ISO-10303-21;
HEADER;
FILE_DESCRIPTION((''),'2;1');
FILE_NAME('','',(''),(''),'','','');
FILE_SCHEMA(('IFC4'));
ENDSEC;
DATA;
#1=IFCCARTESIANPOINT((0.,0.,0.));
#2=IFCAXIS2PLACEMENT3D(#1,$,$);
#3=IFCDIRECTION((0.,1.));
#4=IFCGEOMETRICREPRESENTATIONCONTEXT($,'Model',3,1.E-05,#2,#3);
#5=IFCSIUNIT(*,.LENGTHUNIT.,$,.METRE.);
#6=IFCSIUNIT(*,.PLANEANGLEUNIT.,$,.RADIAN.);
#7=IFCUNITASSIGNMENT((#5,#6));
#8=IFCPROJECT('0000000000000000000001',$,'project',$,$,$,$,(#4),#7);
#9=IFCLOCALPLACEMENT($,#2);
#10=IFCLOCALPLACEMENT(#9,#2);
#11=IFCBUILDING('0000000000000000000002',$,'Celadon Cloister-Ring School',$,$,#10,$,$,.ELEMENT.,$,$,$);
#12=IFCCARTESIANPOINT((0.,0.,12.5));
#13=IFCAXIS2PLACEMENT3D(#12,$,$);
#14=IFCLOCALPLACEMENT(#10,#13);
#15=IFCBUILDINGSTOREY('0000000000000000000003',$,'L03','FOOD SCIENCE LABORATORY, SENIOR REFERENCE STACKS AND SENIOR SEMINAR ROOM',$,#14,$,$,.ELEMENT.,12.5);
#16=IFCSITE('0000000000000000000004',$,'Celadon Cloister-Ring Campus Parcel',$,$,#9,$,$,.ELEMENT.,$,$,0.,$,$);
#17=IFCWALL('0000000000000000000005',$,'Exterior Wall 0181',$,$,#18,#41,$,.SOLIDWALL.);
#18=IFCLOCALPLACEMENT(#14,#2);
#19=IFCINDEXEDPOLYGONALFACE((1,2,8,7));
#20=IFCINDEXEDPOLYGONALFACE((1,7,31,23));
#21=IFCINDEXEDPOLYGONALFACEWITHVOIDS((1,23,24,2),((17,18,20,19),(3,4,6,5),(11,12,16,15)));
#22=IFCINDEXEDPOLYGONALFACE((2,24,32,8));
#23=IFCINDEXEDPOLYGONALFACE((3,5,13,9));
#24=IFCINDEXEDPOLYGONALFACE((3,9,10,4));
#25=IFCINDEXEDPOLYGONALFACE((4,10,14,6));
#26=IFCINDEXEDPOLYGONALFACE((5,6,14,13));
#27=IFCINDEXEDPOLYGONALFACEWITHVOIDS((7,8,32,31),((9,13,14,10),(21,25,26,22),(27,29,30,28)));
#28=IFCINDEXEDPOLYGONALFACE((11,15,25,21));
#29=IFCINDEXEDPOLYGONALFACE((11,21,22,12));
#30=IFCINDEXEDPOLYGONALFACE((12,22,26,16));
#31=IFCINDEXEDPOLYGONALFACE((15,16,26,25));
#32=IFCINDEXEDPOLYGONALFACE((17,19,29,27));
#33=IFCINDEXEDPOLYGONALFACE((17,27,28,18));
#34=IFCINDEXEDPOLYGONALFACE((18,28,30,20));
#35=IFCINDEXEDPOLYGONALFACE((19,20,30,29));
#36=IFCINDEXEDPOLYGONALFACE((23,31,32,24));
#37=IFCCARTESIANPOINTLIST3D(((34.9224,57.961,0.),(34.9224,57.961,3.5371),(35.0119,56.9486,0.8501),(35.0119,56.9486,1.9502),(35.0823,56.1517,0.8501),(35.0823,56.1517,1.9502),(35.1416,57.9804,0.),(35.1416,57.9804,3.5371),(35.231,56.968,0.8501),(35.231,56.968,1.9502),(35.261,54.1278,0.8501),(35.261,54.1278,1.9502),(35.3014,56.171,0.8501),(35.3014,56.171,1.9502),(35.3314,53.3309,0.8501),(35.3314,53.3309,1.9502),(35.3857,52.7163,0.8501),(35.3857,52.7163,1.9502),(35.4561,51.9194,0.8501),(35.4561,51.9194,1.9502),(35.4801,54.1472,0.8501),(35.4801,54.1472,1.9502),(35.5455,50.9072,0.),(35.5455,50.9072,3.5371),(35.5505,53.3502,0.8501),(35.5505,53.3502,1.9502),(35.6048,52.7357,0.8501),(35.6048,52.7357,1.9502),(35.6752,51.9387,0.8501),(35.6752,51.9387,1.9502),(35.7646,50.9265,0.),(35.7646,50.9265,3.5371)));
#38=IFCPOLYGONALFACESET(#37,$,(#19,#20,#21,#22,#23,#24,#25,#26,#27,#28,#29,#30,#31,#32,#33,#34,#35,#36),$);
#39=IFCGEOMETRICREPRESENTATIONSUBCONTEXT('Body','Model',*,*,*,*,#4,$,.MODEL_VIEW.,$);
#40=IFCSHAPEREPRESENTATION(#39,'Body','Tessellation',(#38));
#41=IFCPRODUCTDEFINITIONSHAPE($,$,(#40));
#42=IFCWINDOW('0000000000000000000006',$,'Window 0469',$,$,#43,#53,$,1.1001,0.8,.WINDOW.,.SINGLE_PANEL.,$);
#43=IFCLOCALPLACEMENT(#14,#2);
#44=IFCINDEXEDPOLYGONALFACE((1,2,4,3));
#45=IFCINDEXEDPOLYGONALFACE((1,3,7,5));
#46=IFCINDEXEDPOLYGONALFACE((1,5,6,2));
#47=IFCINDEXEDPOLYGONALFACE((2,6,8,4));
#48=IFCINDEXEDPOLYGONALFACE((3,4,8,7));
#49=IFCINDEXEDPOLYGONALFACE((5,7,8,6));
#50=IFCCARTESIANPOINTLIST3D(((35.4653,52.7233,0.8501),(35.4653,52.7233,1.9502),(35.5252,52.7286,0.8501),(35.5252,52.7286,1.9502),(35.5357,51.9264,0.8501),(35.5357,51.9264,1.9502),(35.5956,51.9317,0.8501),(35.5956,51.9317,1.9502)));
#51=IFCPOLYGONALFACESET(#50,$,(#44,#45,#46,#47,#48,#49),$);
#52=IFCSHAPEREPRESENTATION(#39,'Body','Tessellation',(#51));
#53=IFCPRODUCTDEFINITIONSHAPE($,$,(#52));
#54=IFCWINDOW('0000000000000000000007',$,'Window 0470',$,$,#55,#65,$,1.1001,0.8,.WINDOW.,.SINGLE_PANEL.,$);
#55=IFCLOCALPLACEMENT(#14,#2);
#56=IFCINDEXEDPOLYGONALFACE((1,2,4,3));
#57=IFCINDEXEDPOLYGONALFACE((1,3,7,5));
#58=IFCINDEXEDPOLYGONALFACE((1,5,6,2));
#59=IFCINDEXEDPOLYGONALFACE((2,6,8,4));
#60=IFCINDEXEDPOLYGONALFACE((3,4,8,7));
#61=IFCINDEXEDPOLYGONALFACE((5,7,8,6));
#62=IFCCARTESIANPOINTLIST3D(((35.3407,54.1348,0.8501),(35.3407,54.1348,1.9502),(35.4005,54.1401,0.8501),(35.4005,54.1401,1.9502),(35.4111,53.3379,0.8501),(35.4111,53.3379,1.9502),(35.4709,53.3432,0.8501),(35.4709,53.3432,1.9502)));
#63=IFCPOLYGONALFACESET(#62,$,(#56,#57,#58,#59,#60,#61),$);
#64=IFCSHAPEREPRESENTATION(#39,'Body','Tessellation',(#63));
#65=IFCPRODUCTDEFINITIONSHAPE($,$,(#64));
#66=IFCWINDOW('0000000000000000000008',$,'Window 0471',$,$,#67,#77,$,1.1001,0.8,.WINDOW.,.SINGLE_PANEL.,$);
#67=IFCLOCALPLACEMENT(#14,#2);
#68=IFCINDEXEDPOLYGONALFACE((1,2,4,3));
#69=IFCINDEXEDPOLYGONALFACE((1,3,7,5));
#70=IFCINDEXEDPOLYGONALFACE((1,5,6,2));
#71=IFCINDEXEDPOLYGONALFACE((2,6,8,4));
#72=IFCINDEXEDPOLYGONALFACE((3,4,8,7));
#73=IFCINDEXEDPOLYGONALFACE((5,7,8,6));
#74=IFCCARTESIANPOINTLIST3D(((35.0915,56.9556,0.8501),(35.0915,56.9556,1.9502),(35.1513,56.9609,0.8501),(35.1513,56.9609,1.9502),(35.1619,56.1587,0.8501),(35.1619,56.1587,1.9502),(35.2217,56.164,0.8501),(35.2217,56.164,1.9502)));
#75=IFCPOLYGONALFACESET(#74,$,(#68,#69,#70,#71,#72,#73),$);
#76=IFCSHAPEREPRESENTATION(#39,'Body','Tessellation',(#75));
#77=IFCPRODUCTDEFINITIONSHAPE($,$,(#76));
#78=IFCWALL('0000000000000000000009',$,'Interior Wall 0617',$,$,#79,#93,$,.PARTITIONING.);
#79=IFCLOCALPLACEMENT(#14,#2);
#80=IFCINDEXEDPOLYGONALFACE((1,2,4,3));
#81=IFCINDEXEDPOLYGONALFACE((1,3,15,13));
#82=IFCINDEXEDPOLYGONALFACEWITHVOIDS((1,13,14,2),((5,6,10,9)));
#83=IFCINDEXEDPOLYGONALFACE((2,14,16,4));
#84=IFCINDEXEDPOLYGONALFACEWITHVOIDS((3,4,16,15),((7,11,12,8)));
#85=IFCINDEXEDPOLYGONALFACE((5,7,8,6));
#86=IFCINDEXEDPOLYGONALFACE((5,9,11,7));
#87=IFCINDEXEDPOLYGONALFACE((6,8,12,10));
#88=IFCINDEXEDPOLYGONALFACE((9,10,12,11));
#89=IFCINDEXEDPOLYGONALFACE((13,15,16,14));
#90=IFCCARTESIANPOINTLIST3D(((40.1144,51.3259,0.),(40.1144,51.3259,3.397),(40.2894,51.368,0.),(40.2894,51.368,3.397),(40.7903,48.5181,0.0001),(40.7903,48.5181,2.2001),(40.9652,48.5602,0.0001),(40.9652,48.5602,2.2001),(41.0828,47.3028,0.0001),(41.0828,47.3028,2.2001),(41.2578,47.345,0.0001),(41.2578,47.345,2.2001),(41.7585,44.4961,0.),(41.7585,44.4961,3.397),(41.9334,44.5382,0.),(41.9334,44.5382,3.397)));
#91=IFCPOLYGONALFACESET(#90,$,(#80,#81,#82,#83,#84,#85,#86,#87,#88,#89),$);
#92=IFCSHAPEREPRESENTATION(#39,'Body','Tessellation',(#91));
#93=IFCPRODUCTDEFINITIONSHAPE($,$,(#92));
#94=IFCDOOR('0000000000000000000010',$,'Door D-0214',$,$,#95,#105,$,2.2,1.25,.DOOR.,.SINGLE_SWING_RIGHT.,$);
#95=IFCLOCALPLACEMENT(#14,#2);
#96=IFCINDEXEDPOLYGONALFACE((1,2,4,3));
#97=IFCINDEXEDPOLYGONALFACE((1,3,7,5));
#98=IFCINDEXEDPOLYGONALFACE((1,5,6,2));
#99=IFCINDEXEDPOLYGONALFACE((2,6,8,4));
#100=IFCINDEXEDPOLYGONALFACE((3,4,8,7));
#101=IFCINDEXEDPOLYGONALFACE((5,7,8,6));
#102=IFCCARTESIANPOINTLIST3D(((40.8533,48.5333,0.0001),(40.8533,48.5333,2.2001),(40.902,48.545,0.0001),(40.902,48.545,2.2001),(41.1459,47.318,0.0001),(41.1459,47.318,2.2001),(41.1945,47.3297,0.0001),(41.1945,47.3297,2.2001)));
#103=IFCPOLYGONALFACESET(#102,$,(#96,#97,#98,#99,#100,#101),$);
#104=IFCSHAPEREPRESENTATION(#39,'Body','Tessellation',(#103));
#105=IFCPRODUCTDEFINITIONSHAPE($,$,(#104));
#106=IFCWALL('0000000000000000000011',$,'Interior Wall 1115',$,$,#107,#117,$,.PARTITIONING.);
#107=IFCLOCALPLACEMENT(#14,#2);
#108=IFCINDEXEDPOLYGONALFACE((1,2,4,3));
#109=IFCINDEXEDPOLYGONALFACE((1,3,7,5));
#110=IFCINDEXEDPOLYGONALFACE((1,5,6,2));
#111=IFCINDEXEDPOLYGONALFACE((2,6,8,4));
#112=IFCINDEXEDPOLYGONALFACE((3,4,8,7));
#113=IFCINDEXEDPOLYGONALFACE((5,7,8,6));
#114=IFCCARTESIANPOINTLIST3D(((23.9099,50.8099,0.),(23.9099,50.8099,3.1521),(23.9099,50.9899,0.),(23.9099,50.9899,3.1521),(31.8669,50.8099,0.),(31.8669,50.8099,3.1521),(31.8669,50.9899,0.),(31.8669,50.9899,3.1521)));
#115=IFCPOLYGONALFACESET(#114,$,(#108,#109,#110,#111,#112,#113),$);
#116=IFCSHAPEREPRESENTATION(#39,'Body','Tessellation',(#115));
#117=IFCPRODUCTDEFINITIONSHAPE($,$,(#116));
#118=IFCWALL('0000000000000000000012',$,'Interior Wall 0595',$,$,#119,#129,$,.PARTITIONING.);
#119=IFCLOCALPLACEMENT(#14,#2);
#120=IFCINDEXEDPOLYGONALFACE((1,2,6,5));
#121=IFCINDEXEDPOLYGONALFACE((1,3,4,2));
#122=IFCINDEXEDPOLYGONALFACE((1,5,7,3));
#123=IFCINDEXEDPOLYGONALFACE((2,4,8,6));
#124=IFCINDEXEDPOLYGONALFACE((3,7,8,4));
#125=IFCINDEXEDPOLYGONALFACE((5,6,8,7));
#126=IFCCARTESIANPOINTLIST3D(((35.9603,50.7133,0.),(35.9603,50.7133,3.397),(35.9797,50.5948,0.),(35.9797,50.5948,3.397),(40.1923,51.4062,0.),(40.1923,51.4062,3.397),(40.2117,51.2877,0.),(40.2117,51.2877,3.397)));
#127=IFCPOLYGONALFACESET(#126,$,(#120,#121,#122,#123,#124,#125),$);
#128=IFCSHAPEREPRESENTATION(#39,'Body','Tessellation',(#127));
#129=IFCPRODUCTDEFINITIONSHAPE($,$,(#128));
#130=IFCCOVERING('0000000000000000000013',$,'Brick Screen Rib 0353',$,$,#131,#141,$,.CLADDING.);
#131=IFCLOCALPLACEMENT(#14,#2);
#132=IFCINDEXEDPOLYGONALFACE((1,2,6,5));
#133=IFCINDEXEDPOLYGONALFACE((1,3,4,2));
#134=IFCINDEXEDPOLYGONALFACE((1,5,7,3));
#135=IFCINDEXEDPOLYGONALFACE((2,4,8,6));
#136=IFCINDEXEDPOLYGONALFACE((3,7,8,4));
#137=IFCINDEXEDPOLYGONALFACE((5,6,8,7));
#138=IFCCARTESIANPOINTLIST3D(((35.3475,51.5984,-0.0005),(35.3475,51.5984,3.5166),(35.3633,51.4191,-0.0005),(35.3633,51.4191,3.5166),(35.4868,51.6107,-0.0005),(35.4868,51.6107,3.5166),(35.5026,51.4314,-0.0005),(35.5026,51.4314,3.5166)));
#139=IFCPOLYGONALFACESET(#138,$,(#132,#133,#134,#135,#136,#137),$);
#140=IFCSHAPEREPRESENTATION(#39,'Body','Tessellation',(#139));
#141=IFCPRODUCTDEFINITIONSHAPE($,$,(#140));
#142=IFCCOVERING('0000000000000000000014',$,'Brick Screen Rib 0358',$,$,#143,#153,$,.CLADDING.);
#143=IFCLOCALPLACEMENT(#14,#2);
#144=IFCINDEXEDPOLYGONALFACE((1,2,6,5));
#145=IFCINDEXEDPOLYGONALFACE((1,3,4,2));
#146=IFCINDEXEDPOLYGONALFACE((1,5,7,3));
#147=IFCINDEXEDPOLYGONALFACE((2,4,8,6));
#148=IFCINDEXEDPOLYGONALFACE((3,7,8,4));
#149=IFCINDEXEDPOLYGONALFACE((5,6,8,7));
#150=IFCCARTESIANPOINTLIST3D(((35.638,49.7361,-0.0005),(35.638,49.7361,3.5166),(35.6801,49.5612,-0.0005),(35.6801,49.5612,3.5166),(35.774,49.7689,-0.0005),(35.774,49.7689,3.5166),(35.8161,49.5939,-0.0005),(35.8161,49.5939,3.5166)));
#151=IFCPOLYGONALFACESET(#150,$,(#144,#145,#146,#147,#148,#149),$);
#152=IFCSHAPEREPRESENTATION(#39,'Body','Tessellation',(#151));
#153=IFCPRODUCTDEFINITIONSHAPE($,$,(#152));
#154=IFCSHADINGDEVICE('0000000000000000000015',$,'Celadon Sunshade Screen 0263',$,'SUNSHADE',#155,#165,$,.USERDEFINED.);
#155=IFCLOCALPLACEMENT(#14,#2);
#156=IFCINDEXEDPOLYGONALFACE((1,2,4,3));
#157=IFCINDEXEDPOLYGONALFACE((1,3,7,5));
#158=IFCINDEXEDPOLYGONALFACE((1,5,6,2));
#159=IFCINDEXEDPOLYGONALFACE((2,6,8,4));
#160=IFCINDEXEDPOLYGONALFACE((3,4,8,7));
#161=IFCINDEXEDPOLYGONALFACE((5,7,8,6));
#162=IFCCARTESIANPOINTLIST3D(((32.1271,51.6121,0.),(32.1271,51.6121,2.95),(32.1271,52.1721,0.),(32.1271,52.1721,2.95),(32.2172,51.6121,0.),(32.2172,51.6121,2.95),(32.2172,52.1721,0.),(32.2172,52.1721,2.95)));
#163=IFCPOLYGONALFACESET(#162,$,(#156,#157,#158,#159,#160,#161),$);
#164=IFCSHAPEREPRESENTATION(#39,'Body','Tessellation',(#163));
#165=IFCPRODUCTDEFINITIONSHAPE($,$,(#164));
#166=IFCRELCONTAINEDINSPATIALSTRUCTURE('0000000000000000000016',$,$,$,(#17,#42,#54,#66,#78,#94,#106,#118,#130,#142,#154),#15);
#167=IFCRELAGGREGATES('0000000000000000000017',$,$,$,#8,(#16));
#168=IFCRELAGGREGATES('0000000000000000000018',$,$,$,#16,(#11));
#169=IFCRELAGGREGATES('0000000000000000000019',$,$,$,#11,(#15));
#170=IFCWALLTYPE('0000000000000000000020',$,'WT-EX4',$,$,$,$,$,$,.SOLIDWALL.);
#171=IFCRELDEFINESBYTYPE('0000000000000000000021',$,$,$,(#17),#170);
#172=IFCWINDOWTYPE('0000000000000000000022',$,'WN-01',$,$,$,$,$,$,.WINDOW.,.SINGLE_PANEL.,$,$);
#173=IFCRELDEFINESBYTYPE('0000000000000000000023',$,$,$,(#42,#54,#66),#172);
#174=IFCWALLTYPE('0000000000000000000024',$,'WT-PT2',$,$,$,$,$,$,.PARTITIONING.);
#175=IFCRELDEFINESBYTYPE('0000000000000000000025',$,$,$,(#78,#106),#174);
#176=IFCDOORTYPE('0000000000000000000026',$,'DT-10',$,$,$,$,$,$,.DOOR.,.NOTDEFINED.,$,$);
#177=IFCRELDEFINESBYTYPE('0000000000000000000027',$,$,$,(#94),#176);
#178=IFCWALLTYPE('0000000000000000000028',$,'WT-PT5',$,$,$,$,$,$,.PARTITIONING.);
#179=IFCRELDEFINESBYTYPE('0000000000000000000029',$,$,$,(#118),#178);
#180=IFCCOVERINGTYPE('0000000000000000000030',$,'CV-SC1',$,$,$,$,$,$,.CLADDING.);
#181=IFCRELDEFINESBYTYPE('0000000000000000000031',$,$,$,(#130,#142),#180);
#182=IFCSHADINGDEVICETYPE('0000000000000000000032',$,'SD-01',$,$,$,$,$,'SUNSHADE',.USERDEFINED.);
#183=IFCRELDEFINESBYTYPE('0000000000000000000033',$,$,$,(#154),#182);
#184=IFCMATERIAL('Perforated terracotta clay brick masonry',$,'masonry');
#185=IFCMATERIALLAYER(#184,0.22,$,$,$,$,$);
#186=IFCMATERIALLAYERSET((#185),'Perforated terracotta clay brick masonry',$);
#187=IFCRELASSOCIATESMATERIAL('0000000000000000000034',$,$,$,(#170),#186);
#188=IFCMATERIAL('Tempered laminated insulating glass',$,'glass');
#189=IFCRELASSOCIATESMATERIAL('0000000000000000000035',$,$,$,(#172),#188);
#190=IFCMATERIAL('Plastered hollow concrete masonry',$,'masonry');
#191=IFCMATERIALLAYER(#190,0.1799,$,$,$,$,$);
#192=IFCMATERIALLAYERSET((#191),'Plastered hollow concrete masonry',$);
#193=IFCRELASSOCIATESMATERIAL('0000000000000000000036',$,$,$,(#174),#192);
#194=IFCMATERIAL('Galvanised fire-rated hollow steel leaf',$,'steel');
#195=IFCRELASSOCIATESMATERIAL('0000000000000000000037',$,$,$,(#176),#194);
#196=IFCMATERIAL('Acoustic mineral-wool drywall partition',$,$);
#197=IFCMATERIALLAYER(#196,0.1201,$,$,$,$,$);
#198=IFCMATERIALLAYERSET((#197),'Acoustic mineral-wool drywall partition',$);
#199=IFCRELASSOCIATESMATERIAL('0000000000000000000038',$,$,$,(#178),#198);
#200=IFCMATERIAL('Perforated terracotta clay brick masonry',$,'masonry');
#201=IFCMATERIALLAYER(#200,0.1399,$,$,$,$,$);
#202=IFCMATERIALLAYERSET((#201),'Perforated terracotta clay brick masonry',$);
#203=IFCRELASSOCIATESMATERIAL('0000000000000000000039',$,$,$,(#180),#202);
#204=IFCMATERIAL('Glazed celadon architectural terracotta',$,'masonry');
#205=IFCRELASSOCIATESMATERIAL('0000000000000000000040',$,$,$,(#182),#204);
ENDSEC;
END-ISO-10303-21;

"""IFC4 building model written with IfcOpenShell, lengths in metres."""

from ifc_helpers import new_model, si_unit, direction, frame, frame_2d, origin, origin_2d, place, context, subcontext, project, spatial, rectangle, extrude, material, layer, layer_set, type_object, element, fill, save


model = new_model("IFC4")

# Units and contexts
model_context = context("Model", 3, precision=1e-05, world=origin(), true_north=direction((0.0, 1.0)))
body_context = subcontext(model_context, "Body", "Model", "MODEL_VIEW")
ifc_project = project(units=[si_unit("LENGTHUNIT", "METRE"), si_unit("PLANEANGLEUNIT", "RADIAN")], contexts=[model_context])

# Site, building, storey
site_placement = place(None, origin())
site = spatial("IfcSite", under=ifc_project, at=site_placement, Name="Celadon Cloister-Ring Campus Parcel", CompositionType="ELEMENT", RefElevation=0.0)
building_placement = place(site_placement, origin())
building = spatial("IfcBuilding", under=site, at=building_placement, Name="Celadon Cloister-Ring School", CompositionType="ELEMENT")
storey_placement = place(building_placement, frame((0.0, 0.0, 12.5)))
storey = spatial("IfcBuildingStorey", under=building, at=storey_placement, Name="L03", Description="FOOD SCIENCE LABORATORY, SENIOR REFERENCE STACKS AND SENIOR SEMINAR ROOM", CompositionType="ELEMENT", Elevation=12.5)

# Wall, openings, windows
ifc_material_1 = material(Name="Perforated terracotta clay brick masonry", Category="masonry")
ifc_layer_1 = layer(ifc_material_1, 0.22)
ifc_layer_set_1 = layer_set([ifc_layer_1], Name="Perforated terracotta clay brick masonry")
wall_type_1 = type_object("IfcWallType", Name="WT-EX4", PredefinedType="SOLIDWALL", material=ifc_layer_set_1)
wall_1_placement = place(storey_placement, frame((35.655, 50.917, 0.0), z_axis=(0.0, 0.0, 1.0), x_axis=(-0.087983, 0.996122, 0.0)))
wall_1 = element("IfcWall", 1, at=wall_1_placement, inside=storey, type_object=wall_type_1, Name="Exterior Wall 0181", PredefinedType="SOLIDWALL", context=body_context, shape_type="SweptSolid", body=[
    extrude(rectangle(XDim=7.0813, YDim=0.22, at=frame_2d((3.5405, 0.0))), origin(), (0.0, 0.0, 1.0), 3.5371),
])
opening_1_placement = place(wall_1_placement, frame((1.0161, 0.0, 0.8501)))
opening_1 = element("IfcOpeningElement", 2, at=opening_1_placement, cuts=wall_1, PredefinedType="OPENING", context=body_context, shape_type="SweptSolid", body=[
    extrude(rectangle(XDim=0.8, YDim=1.1001, at=frame_2d((0.3999, 0.55))), frame((0.0, 0.1201, 0.0), z_axis=(0.0, -1.0, 0.0), x_axis=(1.0, 0.0, 0.0)), (0.0, 0.0, 1.0), 0.24),
])
opening_2_placement = place(wall_1_placement, frame((2.4331, 0.0, 0.8501)))
opening_2 = element("IfcOpeningElement", 3, at=opening_2_placement, cuts=wall_1, PredefinedType="OPENING", context=body_context, shape_type="SweptSolid", body=[
    extrude(rectangle(XDim=0.8, YDim=1.1001, at=frame_2d((0.3999, 0.55))), frame((0.0, 0.1201, 0.0), z_axis=(0.0, -1.0, 0.0), x_axis=(1.0, 0.0, 0.0)), (0.0, 0.0, 1.0), 0.24),
])
opening_3_placement = place(wall_1_placement, frame((5.2649, 0.0, 0.8501)))
opening_3 = element("IfcOpeningElement", 4, at=opening_3_placement, cuts=wall_1, PredefinedType="OPENING", context=body_context, shape_type="SweptSolid", body=[
    extrude(rectangle(XDim=0.8, YDim=1.1001, at=frame_2d((0.3999, 0.55))), frame((0.0, 0.1201, 0.0), z_axis=(0.0, -1.0, 0.0), x_axis=(1.0, 0.0, 0.0)), (0.0, 0.0, 1.0), 0.24),
])
ifc_material_2 = material(Name="Tempered laminated insulating glass", Category="glass")
window_type = type_object("IfcWindowType", Name="WN-01", PartitioningType="SINGLE_PANEL", PredefinedType="WINDOW", material=ifc_material_2)
window_1_placement = place(opening_1_placement, origin())
window_1 = element("IfcWindow", 5, at=window_1_placement, inside=storey, type_object=window_type, Name="Window 0469", OverallHeight=1.1001, OverallWidth=0.8, PartitioningType="SINGLE_PANEL", PredefinedType="WINDOW", context=body_context, shape_type="SweptSolid", body=[
    extrude(rectangle(XDim=0.8, YDim=1.1001, at=frame_2d((0.3999, 0.55))), frame((0.0, 0.03, 0.0), z_axis=(0.0, -1.0, 0.0), x_axis=(1.0, 0.0, 0.0)), (0.0, 0.0, 1.0), 0.0601),
])
fill(opening_1, window_1)
window_2_placement = place(opening_2_placement, origin())
window_2 = element("IfcWindow", 6, at=window_2_placement, inside=storey, type_object=window_type, Name="Window 0470", OverallHeight=1.1001, OverallWidth=0.8, PartitioningType="SINGLE_PANEL", PredefinedType="WINDOW", context=body_context, shape_type="SweptSolid", body=[
    extrude(rectangle(XDim=0.8, YDim=1.1001, at=frame_2d((0.3999, 0.55))), frame((0.0, 0.03, 0.0), z_axis=(0.0, -1.0, 0.0), x_axis=(1.0, 0.0, 0.0)), (0.0, 0.0, 1.0), 0.0601),
])
fill(opening_2, window_2)
window_3_placement = place(opening_3_placement, origin())
window_3 = element("IfcWindow", 7, at=window_3_placement, inside=storey, type_object=window_type, Name="Window 0471", OverallHeight=1.1001, OverallWidth=0.8, PartitioningType="SINGLE_PANEL", PredefinedType="WINDOW", context=body_context, shape_type="SweptSolid", body=[
    extrude(rectangle(XDim=0.8, YDim=1.1001, at=frame_2d((0.3999, 0.55))), frame((0.0, 0.03, 0.0), z_axis=(0.0, -1.0, 0.0), x_axis=(1.0, 0.0, 0.0)), (0.0, 0.0, 1.0), 0.0601),
])
fill(opening_3, window_3)

# Wall, opening, door
ifc_material_3 = material(Name="Plastered hollow concrete masonry", Category="masonry")
ifc_layer_2 = layer(ifc_material_3, 0.1799)
ifc_layer_set_2 = layer_set([ifc_layer_2], Name="Plastered hollow concrete masonry")
wall_type_2 = type_object("IfcWallType", Name="WT-PT2", PredefinedType="PARTITIONING", material=ifc_layer_set_2)
wall_2_placement = place(storey_placement, frame((40.2019, 51.3469, 0.0), z_axis=(0.0, 0.0, 1.0), x_axis=(0.23403, -0.972229, 0.0)))
wall_2 = element("IfcWall", 8, at=wall_2_placement, inside=storey, type_object=wall_type_2, Name="Interior Wall 0617", PredefinedType="PARTITIONING", context=body_context, shape_type="SweptSolid", body=[
    extrude(rectangle(XDim=7.0249, YDim=0.1799, at=frame_2d((3.5125, 0.0))), origin(), (0.0, 0.0, 1.0), 3.397),
])
opening_4_placement = place(wall_2_placement, frame((2.8879, 0.0, 0.0)))
opening_4 = element("IfcOpeningElement", 9, at=opening_4_placement, cuts=wall_2, PredefinedType="OPENING", context=body_context, shape_type="SweptSolid", body=[
    extrude(rectangle(XDim=1.25, YDim=2.2, at=frame_2d((0.625, 1.1001))), frame((0.0, 0.1001, 0.0), z_axis=(0.0, -1.0, 0.0), x_axis=(1.0, 0.0, 0.0)), (0.0, 0.0, 1.0), 0.2),
])
ifc_material_4 = material(Name="Galvanised fire-rated hollow steel leaf", Category="steel")
door_type = type_object("IfcDoorType", Name="DT-10", OperationType="NOTDEFINED", PredefinedType="DOOR", material=ifc_material_4)
door_placement = place(opening_4_placement, origin())
door = element("IfcDoor", 10, at=door_placement, inside=storey, type_object=door_type, Name="Door D-0214", OperationType="SINGLE_SWING_RIGHT", OverallHeight=2.2, OverallWidth=1.25, PredefinedType="DOOR", context=body_context, shape_type="SweptSolid", body=[
    extrude(rectangle(XDim=1.25, YDim=2.2, at=frame_2d((0.625, 1.1001))), frame((0.0, 0.0249, 0.0), z_axis=(0.0, -1.0, 0.0), x_axis=(1.0, 0.0, 0.0)), (0.0, 0.0, 1.0), 0.05),
])
fill(opening_4, door)

# Walls
wall_3_placement = place(storey_placement, frame((31.8669, 50.8999, 0.0), z_axis=(0.0, 0.0, 1.0), x_axis=(-1.0, 0.0, 0.0)))
element("IfcWall", 11, at=wall_3_placement, inside=storey, type_object=wall_type_2, Name="Interior Wall 1115", PredefinedType="PARTITIONING", context=body_context, shape_type="SweptSolid", body=[
    extrude(rectangle(XDim=7.957, YDim=0.1799, at=frame_2d((3.9785, 0.0))), origin(), (0.0, 0.0, 1.0), 3.1521),
])
ifc_material_5 = material(Name="Acoustic mineral-wool drywall partition")
ifc_layer_3 = layer(ifc_material_5, 0.1201)
ifc_layer_set_3 = layer_set([ifc_layer_3], Name="Acoustic mineral-wool drywall partition")
wall_type_3 = type_object("IfcWallType", Name="WT-PT5", PredefinedType="PARTITIONING", material=ifc_layer_set_3)
wall_4_placement = place(storey_placement, frame((40.2019, 51.3469, 0.0), z_axis=(0.0, 0.0, 1.0), x_axis=(-0.986861, -0.161573, 0.0)))
element("IfcWall", 12, at=wall_4_placement, inside=storey, type_object=wall_type_3, Name="Interior Wall 0595", PredefinedType="PARTITIONING", context=body_context, shape_type="SweptSolid", body=[
    extrude(rectangle(XDim=4.2883, YDim=0.1201, at=frame_2d((2.144, 0.0))), origin(), (0.0, 0.0, 1.0), 3.397),
])

# Coverings
ifc_material_6 = material(Name="Perforated terracotta clay brick masonry", Category="masonry")
ifc_layer_4 = layer(ifc_material_6, 0.1399)
ifc_layer_set_4 = layer_set([ifc_layer_4], Name="Perforated terracotta clay brick masonry")
covering_type = type_object("IfcCoveringType", Name="CV-SC1", PredefinedType="CLADDING", material=ifc_layer_set_4)
for number, where, z_axis, x_axis, name in (
    (13, (35.425, 51.5149, -0.0005), (0.0, 0.0, 1.0), (-0.087973, 0.996123, 0.0), "Brick Screen Rib 0353"),
    (14, (35.7271, 49.665, -0.0005), (0.0, 0.0, 1.0), (-0.233988, 0.972239, 0.0), "Brick Screen Rib 0358"),
):
    element("IfcCovering", number, at=place(storey_placement, frame(where, z_axis=z_axis, x_axis=x_axis)), inside=storey, type_object=covering_type, Name=name, PredefinedType="CLADDING", context=body_context, shape_type="SweptSolid", body=[
        extrude(rectangle(XDim=0.1799, YDim=0.1399, at=origin_2d()), origin(), (0.0, 0.0, 1.0), 3.5171),
    ])

# Shading device
ifc_material_7 = material(Name="Glazed celadon architectural terracotta", Category="masonry")
shading_device_type = type_object("IfcShadingDeviceType", Name="SD-01", ElementType="SUNSHADE", PredefinedType="USERDEFINED", material=ifc_material_7)
for number, where, z_axis, x_axis, name in (
    (15, (32.1721, 51.8921, 0.0), (0.0, 0.0, 1.0), (0.0, -1.0, 0.0), "Celadon Sunshade Screen 0263"),
):
    element("IfcShadingDevice", number, at=place(storey_placement, frame(where, z_axis=z_axis, x_axis=x_axis)), inside=storey, type_object=shading_device_type, Name=name, ObjectType="SUNSHADE", PredefinedType="USERDEFINED", context=body_context, shape_type="SweptSolid", body=[
        extrude(rectangle(XDim=0.5601, YDim=0.0901, at=origin_2d()), origin(), (0.0, 0.0, 1.0), 2.95),
    ])

save(model, "model.ifc")
